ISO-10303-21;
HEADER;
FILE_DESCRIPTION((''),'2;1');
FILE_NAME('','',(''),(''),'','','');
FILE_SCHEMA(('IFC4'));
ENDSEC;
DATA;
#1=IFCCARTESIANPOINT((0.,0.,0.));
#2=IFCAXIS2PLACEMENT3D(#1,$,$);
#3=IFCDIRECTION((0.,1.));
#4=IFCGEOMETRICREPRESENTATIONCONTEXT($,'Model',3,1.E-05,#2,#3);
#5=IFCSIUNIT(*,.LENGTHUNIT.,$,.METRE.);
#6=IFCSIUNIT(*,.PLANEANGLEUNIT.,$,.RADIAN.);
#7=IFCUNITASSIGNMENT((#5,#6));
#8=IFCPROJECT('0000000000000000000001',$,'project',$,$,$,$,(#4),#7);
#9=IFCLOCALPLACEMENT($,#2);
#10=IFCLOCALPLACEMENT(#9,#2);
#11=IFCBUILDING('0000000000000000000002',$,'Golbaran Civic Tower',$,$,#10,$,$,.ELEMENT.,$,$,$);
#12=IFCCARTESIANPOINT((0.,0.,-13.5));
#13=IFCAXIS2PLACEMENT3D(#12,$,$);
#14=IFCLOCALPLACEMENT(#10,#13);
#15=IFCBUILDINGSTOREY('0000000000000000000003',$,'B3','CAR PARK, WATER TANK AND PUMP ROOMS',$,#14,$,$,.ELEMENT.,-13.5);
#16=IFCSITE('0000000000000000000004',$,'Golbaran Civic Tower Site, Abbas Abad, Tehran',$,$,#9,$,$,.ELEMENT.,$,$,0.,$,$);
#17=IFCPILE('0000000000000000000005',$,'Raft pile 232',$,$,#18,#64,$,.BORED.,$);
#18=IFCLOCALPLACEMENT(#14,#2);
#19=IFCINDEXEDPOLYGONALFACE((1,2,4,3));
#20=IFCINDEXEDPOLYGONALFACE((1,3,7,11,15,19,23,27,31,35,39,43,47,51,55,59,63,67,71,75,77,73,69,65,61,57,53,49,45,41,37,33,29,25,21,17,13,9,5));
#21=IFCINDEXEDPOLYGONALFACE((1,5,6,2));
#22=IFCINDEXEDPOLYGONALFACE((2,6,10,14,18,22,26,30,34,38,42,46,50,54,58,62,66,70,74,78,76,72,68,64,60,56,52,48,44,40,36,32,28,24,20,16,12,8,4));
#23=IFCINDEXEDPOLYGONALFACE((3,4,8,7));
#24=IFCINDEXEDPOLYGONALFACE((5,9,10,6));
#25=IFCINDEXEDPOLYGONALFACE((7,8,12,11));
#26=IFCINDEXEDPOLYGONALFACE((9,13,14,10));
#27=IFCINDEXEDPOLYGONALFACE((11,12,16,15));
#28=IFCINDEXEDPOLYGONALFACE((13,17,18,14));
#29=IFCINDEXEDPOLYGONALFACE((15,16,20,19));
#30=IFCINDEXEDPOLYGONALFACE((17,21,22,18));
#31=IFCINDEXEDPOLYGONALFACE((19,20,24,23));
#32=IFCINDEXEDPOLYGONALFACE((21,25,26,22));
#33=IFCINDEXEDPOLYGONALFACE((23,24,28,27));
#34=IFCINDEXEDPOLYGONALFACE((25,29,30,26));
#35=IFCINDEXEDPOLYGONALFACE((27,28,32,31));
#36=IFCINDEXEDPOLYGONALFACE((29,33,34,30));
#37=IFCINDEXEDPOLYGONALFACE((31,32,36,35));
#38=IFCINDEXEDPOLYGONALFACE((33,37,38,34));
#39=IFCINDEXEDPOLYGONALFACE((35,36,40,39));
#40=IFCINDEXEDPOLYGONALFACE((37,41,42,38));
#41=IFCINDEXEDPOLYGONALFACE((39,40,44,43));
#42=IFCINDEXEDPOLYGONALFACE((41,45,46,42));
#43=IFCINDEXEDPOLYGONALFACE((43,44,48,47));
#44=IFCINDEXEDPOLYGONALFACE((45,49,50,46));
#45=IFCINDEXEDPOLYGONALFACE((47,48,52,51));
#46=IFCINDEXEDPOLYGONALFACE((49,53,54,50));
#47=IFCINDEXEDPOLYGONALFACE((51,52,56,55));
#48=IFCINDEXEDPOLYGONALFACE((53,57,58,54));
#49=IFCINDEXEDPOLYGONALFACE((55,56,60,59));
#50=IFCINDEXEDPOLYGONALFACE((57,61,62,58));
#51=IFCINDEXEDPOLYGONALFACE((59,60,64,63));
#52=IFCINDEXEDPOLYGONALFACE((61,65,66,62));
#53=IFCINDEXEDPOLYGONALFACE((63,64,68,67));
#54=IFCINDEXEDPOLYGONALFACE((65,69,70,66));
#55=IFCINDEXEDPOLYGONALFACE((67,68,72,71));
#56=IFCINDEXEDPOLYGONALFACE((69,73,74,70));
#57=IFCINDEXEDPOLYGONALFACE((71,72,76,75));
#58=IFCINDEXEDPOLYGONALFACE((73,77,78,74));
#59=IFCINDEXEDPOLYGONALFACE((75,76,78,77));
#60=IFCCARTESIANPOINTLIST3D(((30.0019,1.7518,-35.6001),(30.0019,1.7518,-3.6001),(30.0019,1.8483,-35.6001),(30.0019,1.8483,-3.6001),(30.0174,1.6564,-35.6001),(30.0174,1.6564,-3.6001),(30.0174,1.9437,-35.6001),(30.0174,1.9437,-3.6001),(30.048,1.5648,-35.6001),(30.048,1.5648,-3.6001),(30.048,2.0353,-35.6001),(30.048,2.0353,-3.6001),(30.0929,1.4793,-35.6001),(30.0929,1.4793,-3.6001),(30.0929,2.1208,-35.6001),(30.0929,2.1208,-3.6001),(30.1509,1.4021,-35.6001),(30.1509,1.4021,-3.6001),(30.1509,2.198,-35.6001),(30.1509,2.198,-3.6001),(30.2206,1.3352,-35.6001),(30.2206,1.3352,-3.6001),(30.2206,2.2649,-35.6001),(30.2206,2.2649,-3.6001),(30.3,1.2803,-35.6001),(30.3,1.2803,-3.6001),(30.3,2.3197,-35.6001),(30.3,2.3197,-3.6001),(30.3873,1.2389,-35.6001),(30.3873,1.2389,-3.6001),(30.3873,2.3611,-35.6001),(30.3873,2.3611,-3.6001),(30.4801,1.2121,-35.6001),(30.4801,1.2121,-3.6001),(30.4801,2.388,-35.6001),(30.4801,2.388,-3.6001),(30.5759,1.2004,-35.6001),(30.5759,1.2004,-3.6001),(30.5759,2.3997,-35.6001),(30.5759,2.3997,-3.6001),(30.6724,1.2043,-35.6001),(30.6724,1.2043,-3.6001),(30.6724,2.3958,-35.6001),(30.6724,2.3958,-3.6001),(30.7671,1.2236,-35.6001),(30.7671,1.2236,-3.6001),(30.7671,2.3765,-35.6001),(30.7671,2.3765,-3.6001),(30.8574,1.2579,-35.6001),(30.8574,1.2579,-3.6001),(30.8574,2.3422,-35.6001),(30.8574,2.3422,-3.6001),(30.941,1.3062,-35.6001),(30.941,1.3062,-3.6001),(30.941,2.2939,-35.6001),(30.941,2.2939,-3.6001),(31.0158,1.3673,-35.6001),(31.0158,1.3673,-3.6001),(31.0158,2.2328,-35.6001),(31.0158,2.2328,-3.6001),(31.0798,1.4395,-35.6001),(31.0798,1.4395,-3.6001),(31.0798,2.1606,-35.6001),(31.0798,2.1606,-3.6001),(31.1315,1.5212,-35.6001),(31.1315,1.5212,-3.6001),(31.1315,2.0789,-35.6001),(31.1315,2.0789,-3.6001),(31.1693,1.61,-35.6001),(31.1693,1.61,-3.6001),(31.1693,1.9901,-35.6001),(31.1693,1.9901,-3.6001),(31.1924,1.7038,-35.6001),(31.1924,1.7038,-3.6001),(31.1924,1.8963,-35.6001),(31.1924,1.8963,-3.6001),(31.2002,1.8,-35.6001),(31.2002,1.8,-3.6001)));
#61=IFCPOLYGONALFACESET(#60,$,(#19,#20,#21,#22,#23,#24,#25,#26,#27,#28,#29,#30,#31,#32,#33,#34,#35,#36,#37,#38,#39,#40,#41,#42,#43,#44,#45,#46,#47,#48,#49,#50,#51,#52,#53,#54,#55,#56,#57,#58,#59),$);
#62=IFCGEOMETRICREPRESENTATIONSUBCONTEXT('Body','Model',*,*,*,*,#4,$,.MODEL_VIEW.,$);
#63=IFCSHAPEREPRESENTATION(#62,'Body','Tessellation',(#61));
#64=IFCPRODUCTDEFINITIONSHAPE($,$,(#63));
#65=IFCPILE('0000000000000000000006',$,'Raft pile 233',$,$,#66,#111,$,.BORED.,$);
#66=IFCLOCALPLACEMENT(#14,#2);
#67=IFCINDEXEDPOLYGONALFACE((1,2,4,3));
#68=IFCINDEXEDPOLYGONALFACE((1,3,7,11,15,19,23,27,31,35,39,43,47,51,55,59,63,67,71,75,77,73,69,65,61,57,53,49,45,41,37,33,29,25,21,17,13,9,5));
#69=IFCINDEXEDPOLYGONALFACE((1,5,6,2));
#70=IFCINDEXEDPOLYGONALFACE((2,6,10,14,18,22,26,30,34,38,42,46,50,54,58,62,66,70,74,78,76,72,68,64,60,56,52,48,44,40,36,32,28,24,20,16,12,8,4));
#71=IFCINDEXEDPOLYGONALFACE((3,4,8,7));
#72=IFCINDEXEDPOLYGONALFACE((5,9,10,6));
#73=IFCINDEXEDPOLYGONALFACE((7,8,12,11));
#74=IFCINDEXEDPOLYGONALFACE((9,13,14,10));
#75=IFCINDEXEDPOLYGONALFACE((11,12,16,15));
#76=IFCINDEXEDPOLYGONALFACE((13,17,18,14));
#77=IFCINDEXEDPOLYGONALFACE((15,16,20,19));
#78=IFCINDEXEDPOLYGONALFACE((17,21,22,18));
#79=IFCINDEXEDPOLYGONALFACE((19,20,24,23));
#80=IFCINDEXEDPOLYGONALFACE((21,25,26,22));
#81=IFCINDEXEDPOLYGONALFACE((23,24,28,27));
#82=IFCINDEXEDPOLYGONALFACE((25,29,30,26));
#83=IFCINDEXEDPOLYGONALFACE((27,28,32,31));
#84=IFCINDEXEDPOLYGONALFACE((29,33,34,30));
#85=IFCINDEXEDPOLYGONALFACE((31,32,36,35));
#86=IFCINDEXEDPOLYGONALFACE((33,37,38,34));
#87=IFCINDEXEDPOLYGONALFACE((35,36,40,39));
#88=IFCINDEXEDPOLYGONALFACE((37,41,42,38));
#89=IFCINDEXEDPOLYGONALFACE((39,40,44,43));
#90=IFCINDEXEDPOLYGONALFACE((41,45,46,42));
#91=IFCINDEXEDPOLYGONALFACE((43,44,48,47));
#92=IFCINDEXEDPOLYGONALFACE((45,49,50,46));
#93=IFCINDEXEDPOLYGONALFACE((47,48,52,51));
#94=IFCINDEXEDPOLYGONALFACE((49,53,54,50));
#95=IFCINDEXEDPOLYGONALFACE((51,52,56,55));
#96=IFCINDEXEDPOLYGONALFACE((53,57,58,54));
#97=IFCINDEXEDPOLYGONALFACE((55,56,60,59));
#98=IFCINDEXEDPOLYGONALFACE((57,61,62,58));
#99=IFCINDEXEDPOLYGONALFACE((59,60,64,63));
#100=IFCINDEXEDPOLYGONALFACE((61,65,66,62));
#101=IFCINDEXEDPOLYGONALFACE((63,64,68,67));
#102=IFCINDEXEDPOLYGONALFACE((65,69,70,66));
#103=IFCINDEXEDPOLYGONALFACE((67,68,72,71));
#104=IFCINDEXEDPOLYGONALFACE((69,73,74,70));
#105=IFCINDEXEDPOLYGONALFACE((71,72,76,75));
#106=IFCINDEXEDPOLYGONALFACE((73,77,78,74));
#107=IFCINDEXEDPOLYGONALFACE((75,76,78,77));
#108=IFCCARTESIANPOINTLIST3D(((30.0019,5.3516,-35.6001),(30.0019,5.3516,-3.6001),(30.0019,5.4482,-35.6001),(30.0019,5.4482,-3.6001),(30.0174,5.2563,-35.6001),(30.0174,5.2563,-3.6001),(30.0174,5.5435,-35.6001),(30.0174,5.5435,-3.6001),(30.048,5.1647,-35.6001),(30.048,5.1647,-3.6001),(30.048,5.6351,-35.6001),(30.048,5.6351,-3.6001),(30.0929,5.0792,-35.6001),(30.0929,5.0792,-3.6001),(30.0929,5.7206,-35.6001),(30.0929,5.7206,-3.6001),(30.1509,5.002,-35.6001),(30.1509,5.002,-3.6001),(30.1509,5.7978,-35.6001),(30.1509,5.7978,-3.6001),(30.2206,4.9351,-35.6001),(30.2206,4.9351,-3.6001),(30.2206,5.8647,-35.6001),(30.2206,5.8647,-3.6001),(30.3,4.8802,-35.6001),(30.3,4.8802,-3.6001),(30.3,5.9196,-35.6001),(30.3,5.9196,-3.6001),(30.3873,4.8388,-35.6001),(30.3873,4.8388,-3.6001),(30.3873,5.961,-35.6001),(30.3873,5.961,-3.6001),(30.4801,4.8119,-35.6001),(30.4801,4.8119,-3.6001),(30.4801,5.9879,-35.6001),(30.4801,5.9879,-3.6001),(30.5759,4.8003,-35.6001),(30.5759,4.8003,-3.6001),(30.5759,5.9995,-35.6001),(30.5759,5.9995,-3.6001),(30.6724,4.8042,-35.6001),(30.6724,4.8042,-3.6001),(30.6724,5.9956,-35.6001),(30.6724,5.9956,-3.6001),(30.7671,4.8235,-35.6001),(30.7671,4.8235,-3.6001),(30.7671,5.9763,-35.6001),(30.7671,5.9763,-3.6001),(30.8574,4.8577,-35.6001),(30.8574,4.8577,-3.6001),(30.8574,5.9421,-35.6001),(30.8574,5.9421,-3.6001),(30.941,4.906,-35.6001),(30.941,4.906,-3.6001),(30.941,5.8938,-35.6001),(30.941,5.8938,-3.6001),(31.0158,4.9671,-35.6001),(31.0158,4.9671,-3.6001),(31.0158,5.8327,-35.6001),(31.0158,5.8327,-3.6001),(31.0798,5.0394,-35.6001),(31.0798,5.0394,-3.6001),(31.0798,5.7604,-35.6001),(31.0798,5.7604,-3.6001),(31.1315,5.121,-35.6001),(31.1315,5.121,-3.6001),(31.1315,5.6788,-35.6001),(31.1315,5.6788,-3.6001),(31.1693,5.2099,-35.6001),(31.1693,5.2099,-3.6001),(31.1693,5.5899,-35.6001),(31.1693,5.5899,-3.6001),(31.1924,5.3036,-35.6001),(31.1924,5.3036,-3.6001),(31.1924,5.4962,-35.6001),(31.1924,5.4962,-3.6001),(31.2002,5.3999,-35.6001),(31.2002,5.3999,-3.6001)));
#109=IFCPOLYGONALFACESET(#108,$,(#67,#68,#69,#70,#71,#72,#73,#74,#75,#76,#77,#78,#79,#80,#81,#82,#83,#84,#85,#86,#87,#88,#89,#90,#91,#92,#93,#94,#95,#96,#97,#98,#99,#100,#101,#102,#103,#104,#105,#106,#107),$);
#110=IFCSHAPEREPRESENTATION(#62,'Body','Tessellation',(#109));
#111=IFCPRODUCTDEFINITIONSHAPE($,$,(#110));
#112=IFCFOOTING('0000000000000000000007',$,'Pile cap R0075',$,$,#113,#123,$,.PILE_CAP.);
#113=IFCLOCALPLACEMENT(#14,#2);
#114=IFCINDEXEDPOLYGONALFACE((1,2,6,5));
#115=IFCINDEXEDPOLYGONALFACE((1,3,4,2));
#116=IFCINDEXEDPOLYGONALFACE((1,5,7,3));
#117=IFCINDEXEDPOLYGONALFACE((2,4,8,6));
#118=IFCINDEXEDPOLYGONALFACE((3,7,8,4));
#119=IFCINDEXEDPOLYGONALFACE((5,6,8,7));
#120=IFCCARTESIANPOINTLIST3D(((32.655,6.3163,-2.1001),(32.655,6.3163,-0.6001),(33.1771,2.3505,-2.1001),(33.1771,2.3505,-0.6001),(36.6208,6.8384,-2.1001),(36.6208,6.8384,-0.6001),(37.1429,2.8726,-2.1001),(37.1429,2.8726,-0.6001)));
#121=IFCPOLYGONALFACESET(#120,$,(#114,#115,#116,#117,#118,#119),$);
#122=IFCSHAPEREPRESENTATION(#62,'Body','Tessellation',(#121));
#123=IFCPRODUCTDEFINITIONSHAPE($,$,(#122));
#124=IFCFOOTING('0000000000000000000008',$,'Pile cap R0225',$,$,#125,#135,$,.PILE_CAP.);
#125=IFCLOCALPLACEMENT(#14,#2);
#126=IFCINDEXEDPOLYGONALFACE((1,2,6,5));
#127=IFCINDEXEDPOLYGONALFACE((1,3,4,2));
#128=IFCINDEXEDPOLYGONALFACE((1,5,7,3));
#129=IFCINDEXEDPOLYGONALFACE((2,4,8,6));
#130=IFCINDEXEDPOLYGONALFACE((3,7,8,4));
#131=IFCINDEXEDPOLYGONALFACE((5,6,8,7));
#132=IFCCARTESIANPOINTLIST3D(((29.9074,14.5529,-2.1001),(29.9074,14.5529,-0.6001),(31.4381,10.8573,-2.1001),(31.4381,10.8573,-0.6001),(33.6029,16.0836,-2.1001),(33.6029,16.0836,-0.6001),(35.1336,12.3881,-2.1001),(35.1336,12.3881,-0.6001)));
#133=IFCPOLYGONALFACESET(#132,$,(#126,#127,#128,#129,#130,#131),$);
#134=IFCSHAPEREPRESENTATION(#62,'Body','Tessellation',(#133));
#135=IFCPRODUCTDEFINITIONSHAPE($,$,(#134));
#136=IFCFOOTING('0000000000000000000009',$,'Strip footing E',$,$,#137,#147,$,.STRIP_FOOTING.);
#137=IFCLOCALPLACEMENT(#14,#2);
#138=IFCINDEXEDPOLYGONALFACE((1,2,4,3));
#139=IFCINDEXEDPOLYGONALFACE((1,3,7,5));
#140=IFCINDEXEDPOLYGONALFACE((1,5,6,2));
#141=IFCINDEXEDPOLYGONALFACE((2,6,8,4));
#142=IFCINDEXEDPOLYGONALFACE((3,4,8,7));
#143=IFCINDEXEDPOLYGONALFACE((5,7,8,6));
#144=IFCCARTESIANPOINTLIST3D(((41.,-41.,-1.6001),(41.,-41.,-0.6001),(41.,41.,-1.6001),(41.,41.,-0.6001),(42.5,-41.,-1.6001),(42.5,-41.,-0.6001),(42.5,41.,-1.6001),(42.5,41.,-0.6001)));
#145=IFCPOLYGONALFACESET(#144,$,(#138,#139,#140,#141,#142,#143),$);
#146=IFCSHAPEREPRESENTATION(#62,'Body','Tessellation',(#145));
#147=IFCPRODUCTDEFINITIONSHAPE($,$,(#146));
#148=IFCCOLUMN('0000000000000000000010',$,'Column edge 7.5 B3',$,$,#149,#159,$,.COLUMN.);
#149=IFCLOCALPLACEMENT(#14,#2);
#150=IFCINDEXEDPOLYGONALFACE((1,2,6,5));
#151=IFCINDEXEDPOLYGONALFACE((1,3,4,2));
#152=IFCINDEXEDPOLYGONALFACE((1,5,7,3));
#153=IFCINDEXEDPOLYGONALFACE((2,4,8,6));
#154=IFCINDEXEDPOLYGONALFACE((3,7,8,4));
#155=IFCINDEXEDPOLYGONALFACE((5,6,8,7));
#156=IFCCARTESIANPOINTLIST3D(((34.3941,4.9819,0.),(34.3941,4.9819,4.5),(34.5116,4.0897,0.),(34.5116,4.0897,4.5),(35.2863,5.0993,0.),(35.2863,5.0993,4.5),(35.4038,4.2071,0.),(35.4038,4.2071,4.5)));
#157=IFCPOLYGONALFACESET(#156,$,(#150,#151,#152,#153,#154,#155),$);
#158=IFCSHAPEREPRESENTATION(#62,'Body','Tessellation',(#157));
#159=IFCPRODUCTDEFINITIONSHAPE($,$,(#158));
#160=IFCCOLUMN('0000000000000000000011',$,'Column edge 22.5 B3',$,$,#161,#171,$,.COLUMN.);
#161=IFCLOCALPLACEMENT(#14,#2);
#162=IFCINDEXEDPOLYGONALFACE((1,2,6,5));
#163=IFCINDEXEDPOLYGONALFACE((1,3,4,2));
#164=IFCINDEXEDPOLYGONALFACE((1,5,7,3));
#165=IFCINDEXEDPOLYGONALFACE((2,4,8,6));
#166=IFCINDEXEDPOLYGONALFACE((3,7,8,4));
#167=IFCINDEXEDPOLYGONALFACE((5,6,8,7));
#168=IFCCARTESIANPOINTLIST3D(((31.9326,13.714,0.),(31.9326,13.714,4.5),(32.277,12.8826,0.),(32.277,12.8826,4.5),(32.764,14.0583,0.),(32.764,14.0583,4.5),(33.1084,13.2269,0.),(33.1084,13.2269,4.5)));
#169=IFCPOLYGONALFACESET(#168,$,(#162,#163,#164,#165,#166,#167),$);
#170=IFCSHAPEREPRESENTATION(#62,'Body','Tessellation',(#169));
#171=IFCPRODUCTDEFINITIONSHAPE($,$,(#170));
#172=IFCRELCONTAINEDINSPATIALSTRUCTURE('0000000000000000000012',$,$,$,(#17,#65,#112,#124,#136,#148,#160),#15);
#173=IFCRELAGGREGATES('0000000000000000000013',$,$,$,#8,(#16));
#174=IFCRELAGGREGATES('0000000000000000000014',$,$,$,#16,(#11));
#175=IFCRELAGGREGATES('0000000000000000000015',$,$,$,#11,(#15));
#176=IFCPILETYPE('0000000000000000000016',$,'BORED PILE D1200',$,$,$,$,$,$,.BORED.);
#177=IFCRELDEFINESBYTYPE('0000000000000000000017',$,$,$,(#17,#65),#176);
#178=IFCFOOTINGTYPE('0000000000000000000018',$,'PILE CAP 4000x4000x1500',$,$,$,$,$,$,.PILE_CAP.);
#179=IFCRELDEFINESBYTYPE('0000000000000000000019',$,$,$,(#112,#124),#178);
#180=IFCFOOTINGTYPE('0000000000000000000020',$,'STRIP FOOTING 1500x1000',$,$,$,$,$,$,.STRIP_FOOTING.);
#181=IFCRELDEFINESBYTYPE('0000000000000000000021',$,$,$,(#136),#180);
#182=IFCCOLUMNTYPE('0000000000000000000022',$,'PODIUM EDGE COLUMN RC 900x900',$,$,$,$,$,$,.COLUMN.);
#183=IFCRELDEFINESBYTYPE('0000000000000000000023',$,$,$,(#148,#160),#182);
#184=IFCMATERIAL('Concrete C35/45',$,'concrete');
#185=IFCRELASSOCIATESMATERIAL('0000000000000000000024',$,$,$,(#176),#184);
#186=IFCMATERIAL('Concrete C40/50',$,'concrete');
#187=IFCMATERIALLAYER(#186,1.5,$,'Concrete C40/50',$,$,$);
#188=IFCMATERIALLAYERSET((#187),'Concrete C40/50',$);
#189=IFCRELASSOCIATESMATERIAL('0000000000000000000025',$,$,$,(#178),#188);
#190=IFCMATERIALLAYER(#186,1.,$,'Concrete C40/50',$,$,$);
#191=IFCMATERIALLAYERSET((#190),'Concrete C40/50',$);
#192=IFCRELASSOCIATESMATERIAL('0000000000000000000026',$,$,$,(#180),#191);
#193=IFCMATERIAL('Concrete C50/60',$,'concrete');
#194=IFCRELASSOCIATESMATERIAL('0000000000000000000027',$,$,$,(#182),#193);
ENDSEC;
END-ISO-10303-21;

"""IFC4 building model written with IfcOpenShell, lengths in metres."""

from ifc_helpers import new_model, si_unit, direction, frame, origin, origin_2d, place, context, subcontext, project, spatial, rectangle, circle, extrude, material, layer, layer_set, material_profile, profile_set, type_object, element, save


model = new_model("IFC4")

# Units and contexts
model_context = context("Model", 3, precision=1e-05, world=origin(), true_north=direction((0.0, 1.0)))
body_context = subcontext(model_context, "Body", "Model", "MODEL_VIEW")
ifc_project = project(units=[si_unit("LENGTHUNIT", "METRE"), si_unit("PLANEANGLEUNIT", "RADIAN")], contexts=[model_context])

# Site, building, storey
site_placement = place(None, origin())
site = spatial("IfcSite", under=ifc_project, at=site_placement, Name="Golbaran Civic Tower Site, Abbas Abad, Tehran", CompositionType="ELEMENT", RefElevation=0.0)
building_placement = place(site_placement, origin())
building = spatial("IfcBuilding", under=site, at=building_placement, Name="Golbaran Civic Tower", CompositionType="ELEMENT")
storey_placement = place(building_placement, frame((0.0, 0.0, -13.5)))
storey = spatial("IfcBuildingStorey", under=building, at=storey_placement, Name="B3", Description="CAR PARK, WATER TANK AND PUMP ROOMS", CompositionType="ELEMENT", Elevation=-13.5)

# Piles
ifc_material_1 = material(Name="Concrete C35/45", Category="concrete")
ifc_material_profile_1 = material_profile(ifc_material_1, circle(Radius=0.6001, at=origin_2d()), Name="BORED PILE D1200")
ifc_profile_set_1 = profile_set([ifc_material_profile_1], Name="Concrete C35/45")
pile_type_1 = type_object("IfcPileType", Name="BORED PILE D1200", PredefinedType="BORED", material=ifc_profile_set_1)
for number, where, z_axis, x_axis, name in (
    (1, (30.6001, 1.8, -3.6001), (0.0, 0.0, -1.0), (1.0, 0.0, 0.0), "Raft pile 232"),
    (2, (30.6001, 5.3999, -3.6001), (0.0, 0.0, -1.0), (1.0, 0.0, 0.0), "Raft pile 233"),
):
    element("IfcPile", number, at=place(storey_placement, frame(where, z_axis=z_axis, x_axis=x_axis)), inside=storey, type_object=pile_type_1, Name=name, PredefinedType="BORED", context=body_context, shape_type="SweptSolid", body=[
        extrude(circle(Radius=0.6001, at=origin_2d()), origin(), (0.0, 0.0, 1.0), 32.0),
    ])

# Footings
ifc_material_2 = material(Name="Concrete C40/50", Category="concrete")
ifc_layer_1 = layer(ifc_material_2, 1.5, Name="Concrete C40/50")
ifc_layer_set_1 = layer_set([ifc_layer_1], Name="Concrete C40/50")
footing_type_1 = type_object("IfcFootingType", Name="PILE CAP 4000x4000x1500", PredefinedType="PILE_CAP", material=ifc_layer_set_1)
for number, where, z_axis, x_axis, name in (
    (3, (34.8989, 4.5945, -2.1001), (0.0, 0.0, 1.0), (0.991445, 0.130526, 0.0), "Pile cap R0075"),
    (4, (32.5205, 13.4705, -2.1001), (0.0, 0.0, 1.0), (0.92388, 0.382683, 0.0), "Pile cap R0225"),
):
    element("IfcFooting", number, at=place(storey_placement, frame(where, z_axis=z_axis, x_axis=x_axis)), inside=storey, type_object=footing_type_1, Name=name, PredefinedType="PILE_CAP", context=body_context, shape_type="SweptSolid", body=[
        extrude(rectangle(XDim=4.0, YDim=4.0, at=origin_2d()), origin(), (0.0, 0.0, 1.0), 1.5),
    ])
ifc_layer_2 = layer(ifc_material_2, 1.0, Name="Concrete C40/50")
ifc_layer_set_2 = layer_set([ifc_layer_2], Name="Concrete C40/50")
footing_type_2 = type_object("IfcFootingType", Name="STRIP FOOTING 1500x1000", PredefinedType="STRIP_FOOTING", material=ifc_layer_set_2)
footing_placement = place(storey_placement, frame((41.75, 0.0, -1.6001), z_axis=(0.0, 0.0, 1.0), x_axis=(1.0, 0.0, 0.0)))
element("IfcFooting", 5, at=footing_placement, inside=storey, type_object=footing_type_2, Name="Strip footing E", PredefinedType="STRIP_FOOTING", context=body_context, shape_type="SweptSolid", body=[
    extrude(rectangle(XDim=1.5, YDim=82.0, at=origin_2d()), origin(), (0.0, 0.0, 1.0), 1.0),
])

# Columns
ifc_material_3 = material(Name="Concrete C50/60", Category="concrete")
ifc_material_profile_2 = material_profile(ifc_material_3, rectangle(XDim=0.8999, YDim=0.8999, at=origin_2d()), Name="RC 900x900")
ifc_profile_set_2 = profile_set([ifc_material_profile_2], Name="Concrete C50/60")
column_type = type_object("IfcColumnType", Name="PODIUM EDGE COLUMN RC 900x900", PredefinedType="COLUMN", material=ifc_profile_set_2)
for number, where, z_axis, x_axis, name in (
    (6, (34.8989, 4.5945, 0.0), (0.0, 0.0, 1.0), (0.991445, 0.130526, 0.0), "Column edge 7.5 B3"),
    (7, (32.5205, 13.4705, 0.0), (0.0, 0.0, 1.0), (0.92388, 0.382683, 0.0), "Column edge 22.5 B3"),
):
    element("IfcColumn", number, at=place(storey_placement, frame(where, z_axis=z_axis, x_axis=x_axis)), inside=storey, type_object=column_type, Name=name, PredefinedType="COLUMN", context=body_context, shape_type="SweptSolid", body=[
        extrude(rectangle(XDim=0.8999, YDim=0.8999, at=origin_2d()), origin(), (0.0, 0.0, 1.0), 4.5),
    ])

save(model, "model.ifc")
